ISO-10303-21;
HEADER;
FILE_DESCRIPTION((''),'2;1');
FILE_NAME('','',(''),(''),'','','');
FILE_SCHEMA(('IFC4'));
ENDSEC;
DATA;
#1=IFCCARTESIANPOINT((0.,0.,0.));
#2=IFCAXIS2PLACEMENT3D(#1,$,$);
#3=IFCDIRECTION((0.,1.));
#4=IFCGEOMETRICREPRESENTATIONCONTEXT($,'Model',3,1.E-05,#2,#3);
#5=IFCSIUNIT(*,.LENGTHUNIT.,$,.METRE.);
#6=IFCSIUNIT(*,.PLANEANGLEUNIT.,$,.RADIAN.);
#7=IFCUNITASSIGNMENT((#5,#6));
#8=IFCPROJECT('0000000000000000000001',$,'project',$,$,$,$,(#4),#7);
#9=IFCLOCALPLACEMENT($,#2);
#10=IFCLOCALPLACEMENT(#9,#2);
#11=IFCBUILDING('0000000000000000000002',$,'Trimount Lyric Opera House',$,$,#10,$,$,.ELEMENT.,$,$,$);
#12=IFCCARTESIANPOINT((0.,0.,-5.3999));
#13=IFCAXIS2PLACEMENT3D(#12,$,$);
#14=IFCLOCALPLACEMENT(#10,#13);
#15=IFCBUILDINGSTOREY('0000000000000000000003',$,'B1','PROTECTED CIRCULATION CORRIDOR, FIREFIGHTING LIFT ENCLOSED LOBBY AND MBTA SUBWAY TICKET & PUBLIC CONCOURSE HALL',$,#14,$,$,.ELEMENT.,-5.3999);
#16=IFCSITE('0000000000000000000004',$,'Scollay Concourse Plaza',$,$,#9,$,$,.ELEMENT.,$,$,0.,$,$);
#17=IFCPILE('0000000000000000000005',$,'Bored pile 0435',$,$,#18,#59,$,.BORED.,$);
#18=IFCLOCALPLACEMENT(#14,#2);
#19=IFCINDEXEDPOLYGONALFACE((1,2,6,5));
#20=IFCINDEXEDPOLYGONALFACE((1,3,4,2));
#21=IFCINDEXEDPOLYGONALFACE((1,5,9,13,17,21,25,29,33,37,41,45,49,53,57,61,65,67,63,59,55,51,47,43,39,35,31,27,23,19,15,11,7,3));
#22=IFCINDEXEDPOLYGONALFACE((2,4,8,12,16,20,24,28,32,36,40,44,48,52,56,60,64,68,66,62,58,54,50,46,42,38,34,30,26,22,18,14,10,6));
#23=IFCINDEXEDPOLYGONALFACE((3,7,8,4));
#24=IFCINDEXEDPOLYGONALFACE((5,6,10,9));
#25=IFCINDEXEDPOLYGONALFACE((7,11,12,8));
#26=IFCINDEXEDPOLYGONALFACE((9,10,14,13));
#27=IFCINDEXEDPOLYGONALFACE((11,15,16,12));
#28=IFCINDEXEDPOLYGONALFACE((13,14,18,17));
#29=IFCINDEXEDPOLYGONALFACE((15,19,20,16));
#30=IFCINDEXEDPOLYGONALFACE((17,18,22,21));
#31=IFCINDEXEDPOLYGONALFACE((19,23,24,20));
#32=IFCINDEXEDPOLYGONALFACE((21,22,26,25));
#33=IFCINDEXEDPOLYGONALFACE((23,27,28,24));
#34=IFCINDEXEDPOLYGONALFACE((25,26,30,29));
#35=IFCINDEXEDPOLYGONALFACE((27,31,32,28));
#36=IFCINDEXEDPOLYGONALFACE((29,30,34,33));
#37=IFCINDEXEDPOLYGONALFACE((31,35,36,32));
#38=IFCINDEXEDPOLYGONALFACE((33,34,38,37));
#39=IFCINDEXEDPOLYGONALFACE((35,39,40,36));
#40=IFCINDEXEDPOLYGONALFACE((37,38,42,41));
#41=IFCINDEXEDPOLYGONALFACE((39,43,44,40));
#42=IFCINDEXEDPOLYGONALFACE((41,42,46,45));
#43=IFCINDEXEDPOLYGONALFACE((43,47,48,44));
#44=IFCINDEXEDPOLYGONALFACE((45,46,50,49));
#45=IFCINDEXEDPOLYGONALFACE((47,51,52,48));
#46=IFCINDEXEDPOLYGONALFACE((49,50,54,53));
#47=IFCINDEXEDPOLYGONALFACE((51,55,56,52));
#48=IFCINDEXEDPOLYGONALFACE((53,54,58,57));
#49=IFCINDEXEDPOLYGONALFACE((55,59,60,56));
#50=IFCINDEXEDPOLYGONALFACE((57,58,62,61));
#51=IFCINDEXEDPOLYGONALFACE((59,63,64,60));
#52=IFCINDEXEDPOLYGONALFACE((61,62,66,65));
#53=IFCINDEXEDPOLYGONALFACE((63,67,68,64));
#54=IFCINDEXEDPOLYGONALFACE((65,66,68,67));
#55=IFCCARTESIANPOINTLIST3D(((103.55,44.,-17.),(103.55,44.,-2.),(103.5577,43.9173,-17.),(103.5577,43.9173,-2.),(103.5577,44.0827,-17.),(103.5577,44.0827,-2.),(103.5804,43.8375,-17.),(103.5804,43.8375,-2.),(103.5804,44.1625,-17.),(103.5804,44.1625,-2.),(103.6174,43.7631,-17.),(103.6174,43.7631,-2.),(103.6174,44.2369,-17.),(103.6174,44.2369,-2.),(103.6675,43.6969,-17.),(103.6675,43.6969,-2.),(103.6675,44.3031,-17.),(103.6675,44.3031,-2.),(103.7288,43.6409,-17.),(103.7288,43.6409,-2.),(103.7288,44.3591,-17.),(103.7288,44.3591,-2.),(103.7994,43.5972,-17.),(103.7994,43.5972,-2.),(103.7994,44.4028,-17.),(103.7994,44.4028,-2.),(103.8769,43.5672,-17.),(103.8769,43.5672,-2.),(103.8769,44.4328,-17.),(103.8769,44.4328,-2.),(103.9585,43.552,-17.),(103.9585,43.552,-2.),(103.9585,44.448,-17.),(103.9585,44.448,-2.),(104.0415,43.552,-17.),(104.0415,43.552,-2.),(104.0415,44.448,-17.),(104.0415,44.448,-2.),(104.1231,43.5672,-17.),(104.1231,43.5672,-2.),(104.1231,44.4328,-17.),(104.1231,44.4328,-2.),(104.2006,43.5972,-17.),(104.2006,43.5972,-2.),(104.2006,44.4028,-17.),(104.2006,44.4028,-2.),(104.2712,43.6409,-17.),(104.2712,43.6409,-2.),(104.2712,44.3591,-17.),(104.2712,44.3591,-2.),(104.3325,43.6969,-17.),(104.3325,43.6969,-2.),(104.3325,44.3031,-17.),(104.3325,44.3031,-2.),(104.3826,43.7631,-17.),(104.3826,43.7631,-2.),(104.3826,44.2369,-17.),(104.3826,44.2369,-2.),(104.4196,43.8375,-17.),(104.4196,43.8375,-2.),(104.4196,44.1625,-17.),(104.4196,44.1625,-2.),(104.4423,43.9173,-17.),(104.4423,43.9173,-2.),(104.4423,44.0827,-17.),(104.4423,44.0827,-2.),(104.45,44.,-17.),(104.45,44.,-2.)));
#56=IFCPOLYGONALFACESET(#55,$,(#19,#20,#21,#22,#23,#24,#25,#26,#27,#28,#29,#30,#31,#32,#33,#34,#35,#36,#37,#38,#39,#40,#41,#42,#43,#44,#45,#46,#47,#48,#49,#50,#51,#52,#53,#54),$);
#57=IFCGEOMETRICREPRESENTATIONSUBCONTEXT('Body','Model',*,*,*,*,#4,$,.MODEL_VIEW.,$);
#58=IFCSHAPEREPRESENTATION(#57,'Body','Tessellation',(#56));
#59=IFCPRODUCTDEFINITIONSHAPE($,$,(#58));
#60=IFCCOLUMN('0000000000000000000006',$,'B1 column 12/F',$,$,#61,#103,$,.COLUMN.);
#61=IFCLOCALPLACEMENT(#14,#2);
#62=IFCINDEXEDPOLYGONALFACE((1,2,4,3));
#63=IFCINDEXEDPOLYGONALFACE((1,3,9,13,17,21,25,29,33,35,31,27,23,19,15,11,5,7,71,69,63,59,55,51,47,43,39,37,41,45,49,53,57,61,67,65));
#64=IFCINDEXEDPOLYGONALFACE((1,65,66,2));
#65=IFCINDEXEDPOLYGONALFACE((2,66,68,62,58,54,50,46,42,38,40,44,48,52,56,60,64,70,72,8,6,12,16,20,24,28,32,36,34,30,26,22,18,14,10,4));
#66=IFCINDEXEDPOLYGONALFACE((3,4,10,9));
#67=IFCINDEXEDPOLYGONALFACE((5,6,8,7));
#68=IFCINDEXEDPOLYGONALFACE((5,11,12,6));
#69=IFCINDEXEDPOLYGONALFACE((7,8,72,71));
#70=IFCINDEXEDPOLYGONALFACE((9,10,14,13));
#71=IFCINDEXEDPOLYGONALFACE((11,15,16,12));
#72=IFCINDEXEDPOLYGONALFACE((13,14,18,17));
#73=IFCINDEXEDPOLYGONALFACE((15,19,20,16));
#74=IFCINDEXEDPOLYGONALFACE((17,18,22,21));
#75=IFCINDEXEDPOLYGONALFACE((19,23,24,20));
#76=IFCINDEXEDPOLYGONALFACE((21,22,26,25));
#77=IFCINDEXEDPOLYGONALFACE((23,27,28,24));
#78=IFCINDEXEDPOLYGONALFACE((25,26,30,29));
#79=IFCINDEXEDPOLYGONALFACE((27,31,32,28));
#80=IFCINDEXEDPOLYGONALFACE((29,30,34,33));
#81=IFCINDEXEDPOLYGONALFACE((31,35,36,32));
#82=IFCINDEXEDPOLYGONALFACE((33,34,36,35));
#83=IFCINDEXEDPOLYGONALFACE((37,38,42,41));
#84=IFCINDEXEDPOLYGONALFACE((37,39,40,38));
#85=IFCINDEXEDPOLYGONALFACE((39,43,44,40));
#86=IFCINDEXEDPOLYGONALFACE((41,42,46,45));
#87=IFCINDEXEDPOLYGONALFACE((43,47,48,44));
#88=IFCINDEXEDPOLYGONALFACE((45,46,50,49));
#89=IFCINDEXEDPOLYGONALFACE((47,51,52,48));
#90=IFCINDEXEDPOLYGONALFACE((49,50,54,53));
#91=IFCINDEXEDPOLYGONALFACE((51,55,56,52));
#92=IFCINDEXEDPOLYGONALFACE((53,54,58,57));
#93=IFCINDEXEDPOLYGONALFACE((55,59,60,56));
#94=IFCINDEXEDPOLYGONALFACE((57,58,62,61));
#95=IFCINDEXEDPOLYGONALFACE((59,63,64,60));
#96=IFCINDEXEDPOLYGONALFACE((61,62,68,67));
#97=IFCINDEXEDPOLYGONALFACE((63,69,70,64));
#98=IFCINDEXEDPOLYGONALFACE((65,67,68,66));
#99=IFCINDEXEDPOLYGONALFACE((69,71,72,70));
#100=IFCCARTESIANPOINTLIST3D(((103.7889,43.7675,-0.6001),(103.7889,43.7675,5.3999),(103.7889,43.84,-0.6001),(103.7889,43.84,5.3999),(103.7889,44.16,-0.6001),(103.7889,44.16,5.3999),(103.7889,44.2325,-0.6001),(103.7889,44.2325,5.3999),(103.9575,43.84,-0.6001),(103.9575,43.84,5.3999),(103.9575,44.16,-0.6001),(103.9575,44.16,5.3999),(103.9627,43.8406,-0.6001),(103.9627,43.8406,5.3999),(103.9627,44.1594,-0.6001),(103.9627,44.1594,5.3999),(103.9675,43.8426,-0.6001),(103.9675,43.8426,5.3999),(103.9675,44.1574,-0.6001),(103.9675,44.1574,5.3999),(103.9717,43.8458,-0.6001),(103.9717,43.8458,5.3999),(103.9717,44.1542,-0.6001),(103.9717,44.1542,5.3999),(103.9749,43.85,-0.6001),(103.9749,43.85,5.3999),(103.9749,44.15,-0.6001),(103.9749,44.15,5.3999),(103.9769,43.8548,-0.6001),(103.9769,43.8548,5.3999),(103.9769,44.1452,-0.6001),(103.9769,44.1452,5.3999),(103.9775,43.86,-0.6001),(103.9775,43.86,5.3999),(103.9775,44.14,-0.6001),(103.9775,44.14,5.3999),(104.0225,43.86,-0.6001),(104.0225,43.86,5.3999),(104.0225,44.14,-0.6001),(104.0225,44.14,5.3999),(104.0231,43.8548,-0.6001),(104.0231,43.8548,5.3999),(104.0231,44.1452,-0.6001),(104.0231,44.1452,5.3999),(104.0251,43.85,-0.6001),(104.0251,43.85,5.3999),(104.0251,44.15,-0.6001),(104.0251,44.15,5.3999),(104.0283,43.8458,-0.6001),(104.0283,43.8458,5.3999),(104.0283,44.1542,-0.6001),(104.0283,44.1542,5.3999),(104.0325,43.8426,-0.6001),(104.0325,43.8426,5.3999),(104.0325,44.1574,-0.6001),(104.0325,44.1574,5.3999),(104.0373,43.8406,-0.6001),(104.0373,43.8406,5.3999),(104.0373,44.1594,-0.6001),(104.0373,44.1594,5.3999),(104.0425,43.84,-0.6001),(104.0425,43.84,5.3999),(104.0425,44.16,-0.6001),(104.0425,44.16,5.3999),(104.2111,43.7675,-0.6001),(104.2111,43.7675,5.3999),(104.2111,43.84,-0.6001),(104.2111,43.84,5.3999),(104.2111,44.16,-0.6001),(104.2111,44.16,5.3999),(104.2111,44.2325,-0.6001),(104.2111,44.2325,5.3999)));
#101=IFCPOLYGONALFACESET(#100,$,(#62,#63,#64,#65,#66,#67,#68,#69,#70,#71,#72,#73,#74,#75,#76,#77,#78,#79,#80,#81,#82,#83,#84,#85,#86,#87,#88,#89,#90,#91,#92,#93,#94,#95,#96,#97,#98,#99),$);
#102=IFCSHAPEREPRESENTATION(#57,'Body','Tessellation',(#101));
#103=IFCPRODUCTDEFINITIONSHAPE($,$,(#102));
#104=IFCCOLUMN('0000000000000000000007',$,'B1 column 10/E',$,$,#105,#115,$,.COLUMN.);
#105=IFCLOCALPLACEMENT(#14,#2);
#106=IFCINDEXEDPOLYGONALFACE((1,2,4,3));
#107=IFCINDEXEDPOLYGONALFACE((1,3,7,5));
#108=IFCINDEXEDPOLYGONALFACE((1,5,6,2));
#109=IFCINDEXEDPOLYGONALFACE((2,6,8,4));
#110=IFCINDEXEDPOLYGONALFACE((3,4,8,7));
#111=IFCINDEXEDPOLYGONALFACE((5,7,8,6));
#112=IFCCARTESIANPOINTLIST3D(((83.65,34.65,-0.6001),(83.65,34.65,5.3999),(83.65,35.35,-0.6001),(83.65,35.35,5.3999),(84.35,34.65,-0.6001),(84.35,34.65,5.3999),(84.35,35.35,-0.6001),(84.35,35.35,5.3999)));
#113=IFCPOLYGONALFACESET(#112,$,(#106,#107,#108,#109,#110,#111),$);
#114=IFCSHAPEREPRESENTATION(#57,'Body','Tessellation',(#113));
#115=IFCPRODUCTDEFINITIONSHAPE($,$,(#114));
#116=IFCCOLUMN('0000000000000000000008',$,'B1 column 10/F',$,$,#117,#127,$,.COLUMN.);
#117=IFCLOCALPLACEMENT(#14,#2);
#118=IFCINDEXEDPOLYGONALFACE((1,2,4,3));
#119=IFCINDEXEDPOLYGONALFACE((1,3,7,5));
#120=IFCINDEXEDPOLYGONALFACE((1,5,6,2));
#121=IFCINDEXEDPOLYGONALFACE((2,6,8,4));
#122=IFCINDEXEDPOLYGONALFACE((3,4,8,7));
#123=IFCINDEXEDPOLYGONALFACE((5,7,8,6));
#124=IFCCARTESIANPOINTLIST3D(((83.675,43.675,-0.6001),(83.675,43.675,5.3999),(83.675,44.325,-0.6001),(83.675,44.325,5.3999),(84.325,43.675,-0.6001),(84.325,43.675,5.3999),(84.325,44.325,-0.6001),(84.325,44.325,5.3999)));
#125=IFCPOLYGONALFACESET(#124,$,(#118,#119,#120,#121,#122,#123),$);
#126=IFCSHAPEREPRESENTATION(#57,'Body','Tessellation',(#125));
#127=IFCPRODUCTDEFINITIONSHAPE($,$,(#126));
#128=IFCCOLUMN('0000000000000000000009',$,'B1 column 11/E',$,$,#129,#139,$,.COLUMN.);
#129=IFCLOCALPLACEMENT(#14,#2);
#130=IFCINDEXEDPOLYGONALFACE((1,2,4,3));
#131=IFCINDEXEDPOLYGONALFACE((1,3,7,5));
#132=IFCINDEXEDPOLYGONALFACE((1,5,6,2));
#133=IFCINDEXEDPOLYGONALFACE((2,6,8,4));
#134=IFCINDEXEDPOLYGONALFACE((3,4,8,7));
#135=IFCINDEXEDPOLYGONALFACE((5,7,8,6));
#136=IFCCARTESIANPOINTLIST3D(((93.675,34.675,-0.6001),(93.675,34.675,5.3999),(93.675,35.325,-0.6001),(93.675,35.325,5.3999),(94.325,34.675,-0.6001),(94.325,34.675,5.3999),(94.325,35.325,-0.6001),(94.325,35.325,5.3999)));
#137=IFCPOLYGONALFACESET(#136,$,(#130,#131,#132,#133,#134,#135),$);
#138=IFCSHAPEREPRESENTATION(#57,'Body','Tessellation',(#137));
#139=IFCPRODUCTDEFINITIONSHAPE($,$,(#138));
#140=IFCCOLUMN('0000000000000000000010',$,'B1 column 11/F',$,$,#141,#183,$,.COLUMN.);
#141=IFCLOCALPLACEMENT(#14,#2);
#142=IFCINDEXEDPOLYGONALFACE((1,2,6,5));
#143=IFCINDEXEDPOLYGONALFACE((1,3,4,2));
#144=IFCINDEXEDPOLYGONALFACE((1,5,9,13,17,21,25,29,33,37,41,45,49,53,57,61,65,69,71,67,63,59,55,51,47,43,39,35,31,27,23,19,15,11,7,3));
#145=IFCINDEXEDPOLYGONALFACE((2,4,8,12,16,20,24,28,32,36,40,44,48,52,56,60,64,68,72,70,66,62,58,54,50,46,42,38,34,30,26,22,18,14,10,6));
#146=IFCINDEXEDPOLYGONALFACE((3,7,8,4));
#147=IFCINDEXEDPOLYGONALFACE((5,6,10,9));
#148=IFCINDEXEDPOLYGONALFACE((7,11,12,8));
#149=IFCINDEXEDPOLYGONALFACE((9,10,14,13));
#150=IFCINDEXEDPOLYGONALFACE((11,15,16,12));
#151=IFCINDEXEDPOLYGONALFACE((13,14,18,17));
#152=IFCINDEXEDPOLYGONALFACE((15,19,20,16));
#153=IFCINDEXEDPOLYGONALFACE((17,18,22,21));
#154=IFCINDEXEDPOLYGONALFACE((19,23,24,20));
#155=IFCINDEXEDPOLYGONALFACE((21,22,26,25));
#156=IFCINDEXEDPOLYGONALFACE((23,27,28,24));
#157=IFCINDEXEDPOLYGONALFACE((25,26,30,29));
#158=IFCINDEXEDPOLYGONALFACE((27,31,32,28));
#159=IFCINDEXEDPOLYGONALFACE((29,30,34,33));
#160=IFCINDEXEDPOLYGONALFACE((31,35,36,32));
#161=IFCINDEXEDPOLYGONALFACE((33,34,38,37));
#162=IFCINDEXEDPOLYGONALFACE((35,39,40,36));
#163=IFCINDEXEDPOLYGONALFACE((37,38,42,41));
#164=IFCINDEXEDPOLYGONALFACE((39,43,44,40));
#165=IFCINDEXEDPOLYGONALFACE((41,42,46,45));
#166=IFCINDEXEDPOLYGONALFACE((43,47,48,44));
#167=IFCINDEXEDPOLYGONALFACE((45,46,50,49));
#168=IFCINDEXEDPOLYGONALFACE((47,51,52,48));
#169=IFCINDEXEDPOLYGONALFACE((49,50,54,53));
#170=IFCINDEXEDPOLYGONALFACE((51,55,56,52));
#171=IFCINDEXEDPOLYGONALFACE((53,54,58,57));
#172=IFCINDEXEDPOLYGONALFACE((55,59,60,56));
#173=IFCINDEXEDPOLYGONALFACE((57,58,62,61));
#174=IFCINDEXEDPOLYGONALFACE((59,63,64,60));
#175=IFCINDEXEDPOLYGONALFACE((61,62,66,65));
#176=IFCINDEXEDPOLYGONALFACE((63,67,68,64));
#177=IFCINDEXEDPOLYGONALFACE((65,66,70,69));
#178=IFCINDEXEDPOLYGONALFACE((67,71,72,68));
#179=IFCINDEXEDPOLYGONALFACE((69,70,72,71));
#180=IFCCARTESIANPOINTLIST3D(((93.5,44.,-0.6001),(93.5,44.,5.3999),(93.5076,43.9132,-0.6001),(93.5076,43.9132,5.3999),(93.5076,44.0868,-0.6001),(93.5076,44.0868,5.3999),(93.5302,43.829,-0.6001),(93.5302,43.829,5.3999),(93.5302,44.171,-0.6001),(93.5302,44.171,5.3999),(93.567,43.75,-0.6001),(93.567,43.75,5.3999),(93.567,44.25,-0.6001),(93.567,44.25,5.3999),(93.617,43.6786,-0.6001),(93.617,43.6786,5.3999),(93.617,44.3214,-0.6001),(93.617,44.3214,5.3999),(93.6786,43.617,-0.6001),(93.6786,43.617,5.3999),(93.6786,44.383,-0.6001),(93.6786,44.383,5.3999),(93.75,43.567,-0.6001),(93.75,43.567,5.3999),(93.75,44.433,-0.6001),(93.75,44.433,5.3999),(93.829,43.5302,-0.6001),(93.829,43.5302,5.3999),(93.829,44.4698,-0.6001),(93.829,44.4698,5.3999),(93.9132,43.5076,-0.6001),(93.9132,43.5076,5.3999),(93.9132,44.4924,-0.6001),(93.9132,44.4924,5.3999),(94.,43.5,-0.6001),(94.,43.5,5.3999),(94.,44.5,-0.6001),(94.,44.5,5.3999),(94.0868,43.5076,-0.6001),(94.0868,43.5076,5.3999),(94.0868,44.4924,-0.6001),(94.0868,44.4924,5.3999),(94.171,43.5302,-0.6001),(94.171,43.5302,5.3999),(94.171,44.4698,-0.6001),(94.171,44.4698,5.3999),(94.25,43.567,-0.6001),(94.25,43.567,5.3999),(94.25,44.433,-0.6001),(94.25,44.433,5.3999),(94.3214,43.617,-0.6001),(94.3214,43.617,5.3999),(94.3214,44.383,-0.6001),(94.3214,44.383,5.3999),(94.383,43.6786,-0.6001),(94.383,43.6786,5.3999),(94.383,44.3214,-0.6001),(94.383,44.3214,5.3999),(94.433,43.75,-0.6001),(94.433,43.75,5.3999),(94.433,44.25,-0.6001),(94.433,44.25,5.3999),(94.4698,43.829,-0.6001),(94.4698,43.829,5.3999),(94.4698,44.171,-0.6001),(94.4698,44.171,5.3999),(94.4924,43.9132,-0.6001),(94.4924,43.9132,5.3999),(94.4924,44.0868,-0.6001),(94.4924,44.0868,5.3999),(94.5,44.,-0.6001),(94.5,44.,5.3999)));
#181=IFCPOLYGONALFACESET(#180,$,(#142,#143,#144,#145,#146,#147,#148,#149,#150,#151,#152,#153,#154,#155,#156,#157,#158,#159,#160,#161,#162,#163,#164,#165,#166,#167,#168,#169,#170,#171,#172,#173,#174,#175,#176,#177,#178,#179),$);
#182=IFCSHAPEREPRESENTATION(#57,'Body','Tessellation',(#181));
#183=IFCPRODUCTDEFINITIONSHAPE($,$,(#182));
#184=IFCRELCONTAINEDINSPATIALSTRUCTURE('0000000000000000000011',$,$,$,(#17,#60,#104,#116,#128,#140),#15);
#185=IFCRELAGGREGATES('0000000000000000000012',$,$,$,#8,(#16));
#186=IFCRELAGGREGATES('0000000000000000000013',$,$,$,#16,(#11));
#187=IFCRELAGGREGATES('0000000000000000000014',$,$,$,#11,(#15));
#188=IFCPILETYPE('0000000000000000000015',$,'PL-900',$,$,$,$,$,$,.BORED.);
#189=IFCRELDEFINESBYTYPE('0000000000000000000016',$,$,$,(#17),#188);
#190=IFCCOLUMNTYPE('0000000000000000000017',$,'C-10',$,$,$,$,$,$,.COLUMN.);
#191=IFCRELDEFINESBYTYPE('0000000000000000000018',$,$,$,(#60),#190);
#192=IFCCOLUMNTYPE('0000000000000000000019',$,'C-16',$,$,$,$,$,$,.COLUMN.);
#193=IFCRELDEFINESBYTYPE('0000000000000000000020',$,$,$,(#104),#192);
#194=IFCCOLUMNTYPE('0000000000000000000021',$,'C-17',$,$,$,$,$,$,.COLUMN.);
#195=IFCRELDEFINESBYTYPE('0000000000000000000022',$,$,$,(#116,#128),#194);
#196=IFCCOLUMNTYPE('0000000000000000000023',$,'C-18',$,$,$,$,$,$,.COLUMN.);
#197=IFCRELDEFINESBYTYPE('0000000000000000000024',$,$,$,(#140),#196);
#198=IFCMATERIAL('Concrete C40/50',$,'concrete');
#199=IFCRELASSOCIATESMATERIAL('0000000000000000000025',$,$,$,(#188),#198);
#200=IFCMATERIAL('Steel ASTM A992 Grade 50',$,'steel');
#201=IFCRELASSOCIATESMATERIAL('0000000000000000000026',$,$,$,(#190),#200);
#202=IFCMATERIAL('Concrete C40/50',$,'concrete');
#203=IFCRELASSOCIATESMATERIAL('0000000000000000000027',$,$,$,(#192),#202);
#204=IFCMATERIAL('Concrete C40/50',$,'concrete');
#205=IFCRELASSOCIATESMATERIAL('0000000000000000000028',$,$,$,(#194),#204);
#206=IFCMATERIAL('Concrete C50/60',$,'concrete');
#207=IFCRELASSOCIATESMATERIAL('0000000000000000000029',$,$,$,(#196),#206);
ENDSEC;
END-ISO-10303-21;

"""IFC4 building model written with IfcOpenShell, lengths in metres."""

from ifc_helpers import new_model, si_unit, direction, frame, origin, origin_2d, place, context, subcontext, project, spatial, rectangle, circle, i_section, extrude, material, material_profile, profile_set, type_object, element, save


model = new_model("IFC4")

# Units and contexts
model_context = context("Model", 3, precision=1e-05, world=origin(), true_north=direction((0.0, 1.0)))
body_context = subcontext(model_context, "Body", "Model", "MODEL_VIEW")
ifc_project = project(units=[si_unit("LENGTHUNIT", "METRE"), si_unit("PLANEANGLEUNIT", "RADIAN")], contexts=[model_context])

# Site, building, storey
site_placement = place(None, origin())
site = spatial("IfcSite", under=ifc_project, at=site_placement, Name="Scollay Concourse Plaza", CompositionType="ELEMENT", RefElevation=0.0)
building_placement = place(site_placement, origin())
building = spatial("IfcBuilding", under=site, at=building_placement, Name="Trimount Lyric Opera House", CompositionType="ELEMENT")
storey_placement = place(building_placement, frame((0.0, 0.0, -5.3999)))
storey = spatial("IfcBuildingStorey", under=building, at=storey_placement, Name="B1", Description="PROTECTED CIRCULATION CORRIDOR, FIREFIGHTING LIFT ENCLOSED LOBBY AND MBTA SUBWAY TICKET & PUBLIC CONCOURSE HALL", CompositionType="ELEMENT", Elevation=-5.3999)

# Pile
ifc_material_1 = material(Name="Concrete C40/50", Category="concrete")
ifc_material_profile_1 = material_profile(ifc_material_1, circle(Radius=0.45, at=origin_2d()), Name="PILE-D900")
ifc_profile_set_1 = profile_set([ifc_material_profile_1], Name="Concrete C40/50")
pile_type_1 = type_object("IfcPileType", Name="PL-900", PredefinedType="BORED", material=ifc_profile_set_1)
for number, where, z_axis, x_axis, name in (
    (1, (104.0, 44.0, -2.0), (0.0, 0.0, -1.0), (1.0, 0.0, 0.0), "Bored pile 0435"),
):
    element("IfcPile", number, at=place(storey_placement, frame(where, z_axis=z_axis, x_axis=x_axis)), inside=storey, type_object=pile_type_1, Name=name, PredefinedType="BORED", context=body_context, shape_type="SweptSolid", body=[
        extrude(circle(Radius=0.45, at=origin_2d()), origin(), (0.0, 0.0, 1.0), 15.0),
    ])

# Columns
ifc_material_2 = material(Name="Steel ASTM A992 Grade 50", Category="steel")
ifc_material_profile_2 = material_profile(ifc_material_2, i_section(OverallWidth=0.4221, OverallDepth=0.4651, WebThickness=0.0449, FlangeThickness=0.0725, FilletRadius=0.02, at=origin_2d()), Name="W14X398")
ifc_profile_set_2 = profile_set([ifc_material_profile_2], Name="Steel ASTM A992 Grade 50")
column_type_1 = type_object("IfcColumnType", Name="C-10", PredefinedType="COLUMN", material=ifc_profile_set_2)
column_1_placement = place(storey_placement, frame((104.0, 44.0, -0.6001), z_axis=(0.0, 0.0, 1.0), x_axis=(1.0, 0.0, 0.0)))
element("IfcColumn", 2, at=column_1_placement, inside=storey, type_object=column_type_1, Name="B1 column 12/F", PredefinedType="COLUMN", context=body_context, shape_type="SweptSolid", body=[
    extrude(i_section(OverallWidth=0.4221, OverallDepth=0.4651, WebThickness=0.0449, FlangeThickness=0.0725, FilletRadius=0.02, at=origin_2d()), origin(), (0.0, 0.0, 1.0), 6.0),
])
ifc_material_3 = material(Name="Concrete C40/50", Category="concrete")
ifc_material_profile_3 = material_profile(ifc_material_3, rectangle(XDim=0.7, YDim=0.7, at=origin_2d()), Name="RC700X700")
ifc_profile_set_3 = profile_set([ifc_material_profile_3], Name="Concrete C40/50")
column_type_2 = type_object("IfcColumnType", Name="C-16", PredefinedType="COLUMN", material=ifc_profile_set_3)
column_2_placement = place(storey_placement, frame((84.0, 35.0, -0.6001), z_axis=(0.0, 0.0, 1.0), x_axis=(1.0, 0.0, 0.0)))
element("IfcColumn", 3, at=column_2_placement, inside=storey, type_object=column_type_2, Name="B1 column 10/E", PredefinedType="COLUMN", context=body_context, shape_type="SweptSolid", body=[
    extrude(rectangle(XDim=0.7, YDim=0.7, at=origin_2d()), origin(), (0.0, 0.0, 1.0), 6.0),
])
ifc_material_4 = material(Name="Concrete C40/50", Category="concrete")
ifc_material_profile_4 = material_profile(ifc_material_4, rectangle(XDim=0.6499, YDim=0.6499, at=origin_2d()), Name="RC650X650")
ifc_profile_set_4 = profile_set([ifc_material_profile_4], Name="Concrete C40/50")
column_type_3 = type_object("IfcColumnType", Name="C-17", PredefinedType="COLUMN", material=ifc_profile_set_4)
for number, where, z_axis, x_axis, name in (
    (4, (84.0, 44.0, -0.6001), (0.0, 0.0, 1.0), (1.0, 0.0, 0.0), "B1 column 10/F"),
    (5, (94.0, 35.0, -0.6001), (0.0, 0.0, 1.0), (1.0, 0.0, 0.0), "B1 column 11/E"),
):
    element("IfcColumn", number, at=place(storey_placement, frame(where, z_axis=z_axis, x_axis=x_axis)), inside=storey, type_object=column_type_3, Name=name, PredefinedType="COLUMN", context=body_context, shape_type="SweptSolid", body=[
        extrude(rectangle(XDim=0.6499, YDim=0.6499, at=origin_2d()), origin(), (0.0, 0.0, 1.0), 6.0),
    ])
ifc_material_5 = material(Name="Concrete C50/60", Category="concrete")
ifc_material_profile_5 = material_profile(ifc_material_5, circle(Radius=0.5, at=origin_2d()), Name="RC-D1000")
ifc_profile_set_5 = profile_set([ifc_material_profile_5], Name="Concrete C50/60")
column_type_4 = type_object("IfcColumnType", Name="C-18", PredefinedType="COLUMN", material=ifc_profile_set_5)
for number, where, z_axis, x_axis, name in (
    (6, (94.0, 44.0, -0.6001), (0.0, 0.0, 1.0), (1.0, 0.0, 0.0), "B1 column 11/F"),
):
    element("IfcColumn", number, at=place(storey_placement, frame(where, z_axis=z_axis, x_axis=x_axis)), inside=storey, type_object=column_type_4, Name=name, PredefinedType="COLUMN", context=body_context, shape_type="SweptSolid", body=[
        extrude(circle(Radius=0.5, at=origin_2d()), origin(), (0.0, 0.0, 1.0), 6.0),
    ])

save(model, "model.ifc")
